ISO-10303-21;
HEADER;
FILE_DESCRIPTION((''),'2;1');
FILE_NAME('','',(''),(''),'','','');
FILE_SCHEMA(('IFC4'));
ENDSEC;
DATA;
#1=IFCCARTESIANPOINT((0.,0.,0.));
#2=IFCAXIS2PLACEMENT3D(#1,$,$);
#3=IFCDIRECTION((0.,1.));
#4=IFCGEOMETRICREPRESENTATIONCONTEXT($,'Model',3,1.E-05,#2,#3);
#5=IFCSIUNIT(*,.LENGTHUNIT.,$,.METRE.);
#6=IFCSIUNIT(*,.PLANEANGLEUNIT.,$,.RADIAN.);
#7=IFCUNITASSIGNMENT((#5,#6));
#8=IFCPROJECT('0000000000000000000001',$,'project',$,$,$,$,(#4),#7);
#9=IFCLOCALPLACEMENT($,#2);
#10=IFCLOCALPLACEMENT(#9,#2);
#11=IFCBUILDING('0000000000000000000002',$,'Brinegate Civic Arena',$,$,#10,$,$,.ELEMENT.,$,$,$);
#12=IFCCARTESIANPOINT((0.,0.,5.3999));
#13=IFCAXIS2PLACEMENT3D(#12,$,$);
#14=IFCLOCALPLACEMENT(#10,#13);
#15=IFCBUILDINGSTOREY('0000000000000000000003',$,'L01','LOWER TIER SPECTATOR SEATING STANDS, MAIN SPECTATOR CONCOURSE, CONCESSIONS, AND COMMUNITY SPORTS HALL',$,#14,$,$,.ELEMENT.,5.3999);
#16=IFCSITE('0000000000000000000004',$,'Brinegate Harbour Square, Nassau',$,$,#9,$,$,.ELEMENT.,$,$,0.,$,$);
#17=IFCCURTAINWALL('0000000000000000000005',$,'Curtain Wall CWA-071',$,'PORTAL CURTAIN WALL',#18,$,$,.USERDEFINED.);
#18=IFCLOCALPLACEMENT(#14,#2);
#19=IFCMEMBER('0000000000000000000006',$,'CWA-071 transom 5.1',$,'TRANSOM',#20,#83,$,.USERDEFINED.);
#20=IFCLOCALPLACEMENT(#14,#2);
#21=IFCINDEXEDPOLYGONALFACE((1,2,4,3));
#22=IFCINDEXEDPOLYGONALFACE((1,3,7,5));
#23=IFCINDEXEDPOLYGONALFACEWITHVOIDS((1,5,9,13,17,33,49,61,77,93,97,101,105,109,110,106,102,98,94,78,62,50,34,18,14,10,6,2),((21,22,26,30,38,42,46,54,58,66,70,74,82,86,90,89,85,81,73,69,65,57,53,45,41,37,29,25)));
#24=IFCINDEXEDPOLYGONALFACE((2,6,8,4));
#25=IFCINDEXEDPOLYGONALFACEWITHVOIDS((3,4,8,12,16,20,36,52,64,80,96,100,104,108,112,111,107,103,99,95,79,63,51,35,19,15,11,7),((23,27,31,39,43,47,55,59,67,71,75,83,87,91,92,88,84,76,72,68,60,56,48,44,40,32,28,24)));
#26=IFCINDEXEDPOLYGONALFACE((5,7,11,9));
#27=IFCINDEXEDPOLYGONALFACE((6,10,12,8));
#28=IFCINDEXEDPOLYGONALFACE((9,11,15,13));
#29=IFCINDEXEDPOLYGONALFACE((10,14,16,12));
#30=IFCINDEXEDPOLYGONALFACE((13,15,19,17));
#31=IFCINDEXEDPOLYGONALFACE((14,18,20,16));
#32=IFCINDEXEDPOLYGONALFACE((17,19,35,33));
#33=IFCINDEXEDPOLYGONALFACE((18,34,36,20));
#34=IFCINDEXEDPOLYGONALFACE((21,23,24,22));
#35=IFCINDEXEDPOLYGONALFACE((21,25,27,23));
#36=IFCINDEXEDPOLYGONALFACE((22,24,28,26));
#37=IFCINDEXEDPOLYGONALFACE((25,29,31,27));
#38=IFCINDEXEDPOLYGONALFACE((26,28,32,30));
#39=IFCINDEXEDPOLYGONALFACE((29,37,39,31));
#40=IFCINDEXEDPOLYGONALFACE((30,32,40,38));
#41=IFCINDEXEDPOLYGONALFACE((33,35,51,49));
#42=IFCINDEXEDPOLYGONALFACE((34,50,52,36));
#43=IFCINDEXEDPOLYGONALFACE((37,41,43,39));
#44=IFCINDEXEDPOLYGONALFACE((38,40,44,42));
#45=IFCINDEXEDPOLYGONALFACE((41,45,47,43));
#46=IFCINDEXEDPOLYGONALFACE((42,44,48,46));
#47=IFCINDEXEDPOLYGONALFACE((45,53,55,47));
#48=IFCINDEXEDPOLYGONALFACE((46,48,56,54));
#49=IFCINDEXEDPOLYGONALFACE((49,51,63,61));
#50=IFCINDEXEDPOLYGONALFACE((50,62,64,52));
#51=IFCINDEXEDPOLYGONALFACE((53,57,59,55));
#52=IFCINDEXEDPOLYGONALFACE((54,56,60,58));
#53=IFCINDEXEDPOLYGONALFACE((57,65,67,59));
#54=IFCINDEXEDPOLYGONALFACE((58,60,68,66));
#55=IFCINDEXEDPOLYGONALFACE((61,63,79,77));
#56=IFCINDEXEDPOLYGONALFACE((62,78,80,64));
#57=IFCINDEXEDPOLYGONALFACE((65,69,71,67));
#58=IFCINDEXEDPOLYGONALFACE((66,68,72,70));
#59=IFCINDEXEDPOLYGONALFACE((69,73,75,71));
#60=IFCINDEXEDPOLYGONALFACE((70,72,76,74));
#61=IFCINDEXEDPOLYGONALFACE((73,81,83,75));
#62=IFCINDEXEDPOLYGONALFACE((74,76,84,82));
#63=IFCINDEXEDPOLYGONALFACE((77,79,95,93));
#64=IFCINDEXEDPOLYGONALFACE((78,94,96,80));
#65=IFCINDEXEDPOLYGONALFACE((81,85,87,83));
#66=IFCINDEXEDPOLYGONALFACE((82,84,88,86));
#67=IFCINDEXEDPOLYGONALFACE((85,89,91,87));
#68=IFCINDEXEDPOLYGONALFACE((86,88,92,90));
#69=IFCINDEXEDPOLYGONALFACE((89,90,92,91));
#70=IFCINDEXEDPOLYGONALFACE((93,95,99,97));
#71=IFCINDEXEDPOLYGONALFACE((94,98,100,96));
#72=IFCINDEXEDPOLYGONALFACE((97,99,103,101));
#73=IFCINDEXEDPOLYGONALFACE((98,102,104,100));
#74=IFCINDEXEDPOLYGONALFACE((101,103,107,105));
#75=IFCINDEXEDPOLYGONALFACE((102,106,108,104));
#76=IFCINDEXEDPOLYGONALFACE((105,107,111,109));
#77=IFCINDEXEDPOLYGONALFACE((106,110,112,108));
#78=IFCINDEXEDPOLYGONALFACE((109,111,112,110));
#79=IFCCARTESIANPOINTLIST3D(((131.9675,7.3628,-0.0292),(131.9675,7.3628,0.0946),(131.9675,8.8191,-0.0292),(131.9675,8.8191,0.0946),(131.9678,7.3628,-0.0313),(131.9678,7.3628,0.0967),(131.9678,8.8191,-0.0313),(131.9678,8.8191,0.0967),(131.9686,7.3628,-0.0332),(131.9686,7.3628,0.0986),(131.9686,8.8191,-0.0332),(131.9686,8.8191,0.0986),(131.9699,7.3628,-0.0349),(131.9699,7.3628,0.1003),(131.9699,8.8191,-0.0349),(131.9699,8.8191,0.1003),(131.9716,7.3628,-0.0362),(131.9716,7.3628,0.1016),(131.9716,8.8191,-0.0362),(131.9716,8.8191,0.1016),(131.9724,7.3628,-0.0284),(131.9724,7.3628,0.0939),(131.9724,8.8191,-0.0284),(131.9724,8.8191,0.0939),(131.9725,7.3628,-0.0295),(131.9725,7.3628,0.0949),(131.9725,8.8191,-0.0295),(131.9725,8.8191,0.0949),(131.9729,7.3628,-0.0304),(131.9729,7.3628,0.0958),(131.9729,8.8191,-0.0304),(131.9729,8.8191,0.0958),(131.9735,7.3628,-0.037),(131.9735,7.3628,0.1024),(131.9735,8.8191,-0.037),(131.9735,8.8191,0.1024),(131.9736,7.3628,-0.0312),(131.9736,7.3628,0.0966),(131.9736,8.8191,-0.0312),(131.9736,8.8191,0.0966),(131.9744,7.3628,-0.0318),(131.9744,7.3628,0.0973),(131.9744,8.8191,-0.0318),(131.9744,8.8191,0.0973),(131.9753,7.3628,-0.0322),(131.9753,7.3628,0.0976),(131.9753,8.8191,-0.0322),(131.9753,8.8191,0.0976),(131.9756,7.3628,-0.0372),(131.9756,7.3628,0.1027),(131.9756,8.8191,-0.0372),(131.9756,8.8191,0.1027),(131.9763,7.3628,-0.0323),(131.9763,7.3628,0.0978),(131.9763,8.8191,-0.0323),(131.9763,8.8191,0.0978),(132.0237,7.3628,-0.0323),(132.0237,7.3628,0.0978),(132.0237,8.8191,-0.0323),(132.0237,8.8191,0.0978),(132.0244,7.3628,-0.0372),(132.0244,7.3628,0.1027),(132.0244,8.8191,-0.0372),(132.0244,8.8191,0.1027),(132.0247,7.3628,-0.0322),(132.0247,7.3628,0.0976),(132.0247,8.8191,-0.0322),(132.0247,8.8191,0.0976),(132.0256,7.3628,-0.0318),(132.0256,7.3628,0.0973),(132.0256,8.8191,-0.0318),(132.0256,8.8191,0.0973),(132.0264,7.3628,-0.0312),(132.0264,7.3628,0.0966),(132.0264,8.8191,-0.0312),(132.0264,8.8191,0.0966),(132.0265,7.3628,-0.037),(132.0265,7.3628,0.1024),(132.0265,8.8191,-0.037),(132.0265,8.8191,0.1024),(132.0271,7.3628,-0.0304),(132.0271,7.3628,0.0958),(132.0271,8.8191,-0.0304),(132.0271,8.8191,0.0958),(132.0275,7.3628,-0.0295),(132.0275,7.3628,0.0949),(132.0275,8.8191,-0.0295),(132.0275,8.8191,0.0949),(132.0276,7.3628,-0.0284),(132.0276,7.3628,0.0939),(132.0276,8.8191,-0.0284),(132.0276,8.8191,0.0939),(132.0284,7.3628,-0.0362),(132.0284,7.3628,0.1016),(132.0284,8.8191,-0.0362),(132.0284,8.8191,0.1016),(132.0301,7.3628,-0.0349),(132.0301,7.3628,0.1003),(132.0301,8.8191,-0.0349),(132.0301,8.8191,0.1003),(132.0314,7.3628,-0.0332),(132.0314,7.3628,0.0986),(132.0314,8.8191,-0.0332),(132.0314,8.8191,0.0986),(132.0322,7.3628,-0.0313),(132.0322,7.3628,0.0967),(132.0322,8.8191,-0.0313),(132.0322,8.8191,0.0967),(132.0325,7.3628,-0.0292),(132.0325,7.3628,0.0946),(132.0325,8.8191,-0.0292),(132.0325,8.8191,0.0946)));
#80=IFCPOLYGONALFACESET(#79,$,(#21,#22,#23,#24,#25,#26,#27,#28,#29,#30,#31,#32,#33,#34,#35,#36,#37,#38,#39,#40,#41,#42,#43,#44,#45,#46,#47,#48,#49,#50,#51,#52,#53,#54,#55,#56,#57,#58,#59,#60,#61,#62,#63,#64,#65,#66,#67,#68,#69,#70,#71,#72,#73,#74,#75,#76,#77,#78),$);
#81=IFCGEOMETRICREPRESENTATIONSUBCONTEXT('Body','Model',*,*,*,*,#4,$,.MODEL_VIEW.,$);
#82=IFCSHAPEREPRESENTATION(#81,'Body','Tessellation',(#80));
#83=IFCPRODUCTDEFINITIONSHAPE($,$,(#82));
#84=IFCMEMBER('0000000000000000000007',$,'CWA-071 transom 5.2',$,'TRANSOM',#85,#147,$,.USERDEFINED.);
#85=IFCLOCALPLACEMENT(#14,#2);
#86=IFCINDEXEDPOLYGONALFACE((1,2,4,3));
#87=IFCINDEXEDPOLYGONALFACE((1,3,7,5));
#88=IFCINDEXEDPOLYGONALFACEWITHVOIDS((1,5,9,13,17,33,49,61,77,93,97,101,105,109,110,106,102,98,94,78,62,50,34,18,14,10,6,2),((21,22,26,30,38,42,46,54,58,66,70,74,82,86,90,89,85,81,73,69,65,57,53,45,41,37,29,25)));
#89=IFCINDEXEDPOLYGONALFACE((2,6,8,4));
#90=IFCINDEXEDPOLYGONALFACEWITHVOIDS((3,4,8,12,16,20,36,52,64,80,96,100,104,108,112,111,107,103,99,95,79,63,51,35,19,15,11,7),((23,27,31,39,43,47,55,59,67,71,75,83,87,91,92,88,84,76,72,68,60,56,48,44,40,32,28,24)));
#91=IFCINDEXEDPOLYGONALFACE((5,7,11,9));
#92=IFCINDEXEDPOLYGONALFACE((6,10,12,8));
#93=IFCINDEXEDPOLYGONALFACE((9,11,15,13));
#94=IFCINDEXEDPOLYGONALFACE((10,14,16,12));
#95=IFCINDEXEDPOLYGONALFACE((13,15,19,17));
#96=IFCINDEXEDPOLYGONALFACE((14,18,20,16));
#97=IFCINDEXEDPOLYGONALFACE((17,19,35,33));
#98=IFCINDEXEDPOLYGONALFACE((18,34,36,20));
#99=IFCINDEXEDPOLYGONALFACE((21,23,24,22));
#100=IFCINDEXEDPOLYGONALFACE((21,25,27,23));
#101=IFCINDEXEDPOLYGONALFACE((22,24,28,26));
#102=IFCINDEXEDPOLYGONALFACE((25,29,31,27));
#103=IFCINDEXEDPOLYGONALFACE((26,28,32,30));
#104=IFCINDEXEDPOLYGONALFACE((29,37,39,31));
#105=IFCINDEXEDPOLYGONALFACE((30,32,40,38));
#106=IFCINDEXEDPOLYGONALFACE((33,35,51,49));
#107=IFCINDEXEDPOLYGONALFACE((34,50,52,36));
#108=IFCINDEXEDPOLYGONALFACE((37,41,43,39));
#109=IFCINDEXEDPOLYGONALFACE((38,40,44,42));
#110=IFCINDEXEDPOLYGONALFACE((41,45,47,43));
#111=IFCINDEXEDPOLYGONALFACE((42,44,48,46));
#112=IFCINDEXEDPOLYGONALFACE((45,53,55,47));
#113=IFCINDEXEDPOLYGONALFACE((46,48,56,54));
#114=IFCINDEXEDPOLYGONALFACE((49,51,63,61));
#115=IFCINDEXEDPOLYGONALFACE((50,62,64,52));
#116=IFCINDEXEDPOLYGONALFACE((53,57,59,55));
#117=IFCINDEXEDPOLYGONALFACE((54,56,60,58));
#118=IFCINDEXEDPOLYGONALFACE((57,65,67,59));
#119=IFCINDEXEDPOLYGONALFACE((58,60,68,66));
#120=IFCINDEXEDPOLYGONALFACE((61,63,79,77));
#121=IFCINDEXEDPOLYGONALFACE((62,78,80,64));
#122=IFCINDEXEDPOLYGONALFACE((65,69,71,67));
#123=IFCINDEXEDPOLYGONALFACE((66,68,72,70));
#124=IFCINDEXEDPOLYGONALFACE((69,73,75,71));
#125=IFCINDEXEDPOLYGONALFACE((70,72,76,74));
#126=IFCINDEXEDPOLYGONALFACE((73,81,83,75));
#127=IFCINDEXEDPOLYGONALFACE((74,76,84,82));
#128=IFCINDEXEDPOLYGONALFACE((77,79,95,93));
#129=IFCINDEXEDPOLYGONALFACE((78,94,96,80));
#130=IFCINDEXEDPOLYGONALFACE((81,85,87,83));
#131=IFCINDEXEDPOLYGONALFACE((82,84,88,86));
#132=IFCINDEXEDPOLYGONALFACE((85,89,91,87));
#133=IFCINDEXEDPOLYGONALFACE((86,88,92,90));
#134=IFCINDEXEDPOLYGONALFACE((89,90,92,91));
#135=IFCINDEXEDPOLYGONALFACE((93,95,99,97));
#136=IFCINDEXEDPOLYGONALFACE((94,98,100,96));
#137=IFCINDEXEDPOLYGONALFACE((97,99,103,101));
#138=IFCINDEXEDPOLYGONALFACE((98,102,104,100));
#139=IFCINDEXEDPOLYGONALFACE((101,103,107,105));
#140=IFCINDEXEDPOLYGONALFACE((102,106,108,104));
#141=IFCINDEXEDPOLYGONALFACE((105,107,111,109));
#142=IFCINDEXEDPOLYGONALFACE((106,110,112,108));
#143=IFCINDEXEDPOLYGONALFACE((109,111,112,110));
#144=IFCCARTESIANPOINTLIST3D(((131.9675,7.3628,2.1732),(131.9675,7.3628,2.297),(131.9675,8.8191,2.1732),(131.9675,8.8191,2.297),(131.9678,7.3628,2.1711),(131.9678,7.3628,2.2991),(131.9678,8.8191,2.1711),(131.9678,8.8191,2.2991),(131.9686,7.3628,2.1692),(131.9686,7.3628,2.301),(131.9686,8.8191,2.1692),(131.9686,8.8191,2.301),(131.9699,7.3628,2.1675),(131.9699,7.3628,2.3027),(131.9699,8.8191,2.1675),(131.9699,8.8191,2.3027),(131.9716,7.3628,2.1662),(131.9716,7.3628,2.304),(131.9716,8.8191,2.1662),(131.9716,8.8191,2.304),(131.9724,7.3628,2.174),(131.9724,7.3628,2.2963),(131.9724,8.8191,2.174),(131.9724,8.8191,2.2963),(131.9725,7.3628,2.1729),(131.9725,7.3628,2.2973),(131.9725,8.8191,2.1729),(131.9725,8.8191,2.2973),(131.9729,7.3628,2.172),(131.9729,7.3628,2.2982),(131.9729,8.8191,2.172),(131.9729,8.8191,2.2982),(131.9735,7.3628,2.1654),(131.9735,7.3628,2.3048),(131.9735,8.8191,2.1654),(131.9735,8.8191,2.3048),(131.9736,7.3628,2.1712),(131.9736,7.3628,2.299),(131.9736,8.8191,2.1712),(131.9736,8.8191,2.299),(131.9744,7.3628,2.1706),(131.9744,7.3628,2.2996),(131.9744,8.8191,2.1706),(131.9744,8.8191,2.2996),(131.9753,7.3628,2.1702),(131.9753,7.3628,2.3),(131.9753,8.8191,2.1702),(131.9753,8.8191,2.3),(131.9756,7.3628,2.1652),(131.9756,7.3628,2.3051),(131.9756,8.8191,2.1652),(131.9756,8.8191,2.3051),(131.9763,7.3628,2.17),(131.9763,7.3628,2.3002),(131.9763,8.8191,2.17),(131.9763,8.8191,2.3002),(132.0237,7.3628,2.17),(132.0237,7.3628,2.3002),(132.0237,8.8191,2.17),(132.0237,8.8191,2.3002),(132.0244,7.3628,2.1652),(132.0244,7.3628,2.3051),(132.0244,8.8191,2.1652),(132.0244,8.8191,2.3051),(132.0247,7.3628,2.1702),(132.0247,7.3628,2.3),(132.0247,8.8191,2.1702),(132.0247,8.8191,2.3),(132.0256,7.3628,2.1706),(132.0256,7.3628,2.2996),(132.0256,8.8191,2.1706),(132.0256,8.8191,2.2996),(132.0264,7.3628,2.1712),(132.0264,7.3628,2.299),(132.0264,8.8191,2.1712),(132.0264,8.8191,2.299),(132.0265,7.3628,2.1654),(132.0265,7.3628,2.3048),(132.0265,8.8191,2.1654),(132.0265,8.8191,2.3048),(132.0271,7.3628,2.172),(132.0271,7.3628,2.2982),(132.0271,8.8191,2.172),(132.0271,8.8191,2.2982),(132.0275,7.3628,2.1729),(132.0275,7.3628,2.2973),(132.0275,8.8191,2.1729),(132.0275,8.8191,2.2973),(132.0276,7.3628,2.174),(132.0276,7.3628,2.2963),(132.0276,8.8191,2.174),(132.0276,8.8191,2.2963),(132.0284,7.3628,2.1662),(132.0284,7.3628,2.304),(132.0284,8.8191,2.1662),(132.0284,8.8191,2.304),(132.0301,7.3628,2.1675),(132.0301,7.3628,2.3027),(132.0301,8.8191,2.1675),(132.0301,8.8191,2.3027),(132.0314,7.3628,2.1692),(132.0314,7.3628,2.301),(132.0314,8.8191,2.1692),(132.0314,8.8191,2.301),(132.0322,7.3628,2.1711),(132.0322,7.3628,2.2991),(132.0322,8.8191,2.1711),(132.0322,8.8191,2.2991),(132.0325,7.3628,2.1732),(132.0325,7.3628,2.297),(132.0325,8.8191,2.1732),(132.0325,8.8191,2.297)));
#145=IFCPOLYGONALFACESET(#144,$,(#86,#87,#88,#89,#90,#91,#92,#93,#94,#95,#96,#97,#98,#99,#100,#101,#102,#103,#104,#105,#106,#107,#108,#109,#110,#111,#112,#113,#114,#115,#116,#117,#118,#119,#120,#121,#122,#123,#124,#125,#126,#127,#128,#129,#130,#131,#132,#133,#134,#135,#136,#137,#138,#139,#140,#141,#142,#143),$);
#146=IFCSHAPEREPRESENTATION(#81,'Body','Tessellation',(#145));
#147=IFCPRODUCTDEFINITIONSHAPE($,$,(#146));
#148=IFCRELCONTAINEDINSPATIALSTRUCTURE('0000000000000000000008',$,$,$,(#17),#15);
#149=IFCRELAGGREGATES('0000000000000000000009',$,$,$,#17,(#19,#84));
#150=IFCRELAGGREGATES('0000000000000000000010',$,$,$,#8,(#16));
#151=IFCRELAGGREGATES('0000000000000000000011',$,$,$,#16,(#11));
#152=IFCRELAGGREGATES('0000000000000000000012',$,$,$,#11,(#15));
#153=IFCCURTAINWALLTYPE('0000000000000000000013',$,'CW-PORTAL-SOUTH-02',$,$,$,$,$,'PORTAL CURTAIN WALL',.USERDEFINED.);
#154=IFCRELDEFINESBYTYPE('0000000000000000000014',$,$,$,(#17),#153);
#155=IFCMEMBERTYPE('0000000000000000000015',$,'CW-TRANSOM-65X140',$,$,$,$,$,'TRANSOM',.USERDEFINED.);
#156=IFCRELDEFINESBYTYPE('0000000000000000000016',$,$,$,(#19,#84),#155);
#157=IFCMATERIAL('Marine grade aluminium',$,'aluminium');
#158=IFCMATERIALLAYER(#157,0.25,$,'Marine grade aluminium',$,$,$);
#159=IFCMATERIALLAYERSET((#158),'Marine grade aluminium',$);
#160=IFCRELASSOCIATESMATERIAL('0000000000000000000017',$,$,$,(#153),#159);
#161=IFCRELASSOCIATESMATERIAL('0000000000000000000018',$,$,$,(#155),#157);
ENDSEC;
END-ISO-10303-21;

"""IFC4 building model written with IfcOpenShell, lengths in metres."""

from ifc_helpers import new_model, si_unit, direction, frame, origin, origin_2d, place, context, subcontext, project, spatial, hollow_rectangle, extrude, material, layer, layer_set, material_profile, profile_set, type_object, element, aggregate, save


model = new_model("IFC4")

# Units and contexts
model_context = context("Model", 3, precision=1e-05, world=origin(), true_north=direction((0.0, 1.0)))
body_context = subcontext(model_context, "Body", "Model", "MODEL_VIEW")
ifc_project = project(units=[si_unit("LENGTHUNIT", "METRE"), si_unit("PLANEANGLEUNIT", "RADIAN")], contexts=[model_context])

# Site, building, storey
site_placement = place(None, origin())
site = spatial("IfcSite", under=ifc_project, at=site_placement, Name="Brinegate Harbour Square, Nassau", CompositionType="ELEMENT", RefElevation=0.0)
building_placement = place(site_placement, origin())
building = spatial("IfcBuilding", under=site, at=building_placement, Name="Brinegate Civic Arena", CompositionType="ELEMENT")
storey_placement = place(building_placement, frame((0.0, 0.0, 5.3999)))
storey = spatial("IfcBuildingStorey", under=building, at=storey_placement, Name="L01", Description="LOWER TIER SPECTATOR SEATING STANDS, MAIN SPECTATOR CONCOURSE, CONCESSIONS, AND COMMUNITY SPORTS HALL", CompositionType="ELEMENT", Elevation=5.3999)

# Curtain wall, members
ifc_material_1 = material(Name="Marine grade aluminium", Category="aluminium")
ifc_layer_1 = layer(ifc_material_1, 0.25, Name="Marine grade aluminium")
ifc_layer_set_1 = layer_set([ifc_layer_1], Name="Marine grade aluminium")
curtain_wall_type = type_object("IfcCurtainWallType", Name="CW-PORTAL-SOUTH-02", ElementType="PORTAL CURTAIN WALL", PredefinedType="USERDEFINED", material=ifc_layer_set_1)
curtain_wall_placement = place(storey_placement, origin())
curtain_wall = element("IfcCurtainWall", 1, at=curtain_wall_placement, inside=storey, type_object=curtain_wall_type, Name="Curtain Wall CWA-071", ObjectType="PORTAL CURTAIN WALL", PredefinedType="USERDEFINED")
ifc_material_profile_1 = material_profile(ifc_material_1, hollow_rectangle(XDim=0.0649, YDim=0.1399, WallThickness=0.0049, InnerFilletRadius=0.0039, OuterFilletRadius=0.0081, at=origin_2d()), Name="TRN65X140")
ifc_profile_set_1 = profile_set([ifc_material_profile_1], Name="Marine grade aluminium")
member_type_1 = type_object("IfcMemberType", Name="CW-TRANSOM-65X140", ElementType="TRANSOM", PredefinedType="USERDEFINED", material=ifc_profile_set_1)
member_1_placement = place(storey_placement, frame((132.0, 7.3628, 0.0327), z_axis=(0.0, 1.0, 0.0), x_axis=(-1.0, 0.0, 0.0)))
member_1 = element("IfcMember", 2, at=member_1_placement, type_object=member_type_1, Name="CWA-071 transom 5.1", ObjectType="TRANSOM", PredefinedType="USERDEFINED", context=body_context, shape_type="SweptSolid", body=[
    extrude(hollow_rectangle(XDim=0.0649, YDim=0.1399, WallThickness=0.0049, InnerFilletRadius=0.0039, OuterFilletRadius=0.0081, at=origin_2d()), origin(), (0.0, 0.0, 1.0), 1.4563),
])
member_2_placement = place(storey_placement, frame((132.0, 7.3628, 2.2351), z_axis=(0.0, 1.0, 0.0), x_axis=(-1.0, 0.0, 0.0)))
member_2 = element("IfcMember", 3, at=member_2_placement, type_object=member_type_1, Name="CWA-071 transom 5.2", ObjectType="TRANSOM", PredefinedType="USERDEFINED", context=body_context, shape_type="SweptSolid", body=[
    extrude(hollow_rectangle(XDim=0.0649, YDim=0.1399, WallThickness=0.0049, InnerFilletRadius=0.0039, OuterFilletRadius=0.0081, at=origin_2d()), origin(), (0.0, 0.0, 1.0), 1.4563),
])

aggregate(curtain_wall, [member_1, member_2])

save(model, "model.ifc")
